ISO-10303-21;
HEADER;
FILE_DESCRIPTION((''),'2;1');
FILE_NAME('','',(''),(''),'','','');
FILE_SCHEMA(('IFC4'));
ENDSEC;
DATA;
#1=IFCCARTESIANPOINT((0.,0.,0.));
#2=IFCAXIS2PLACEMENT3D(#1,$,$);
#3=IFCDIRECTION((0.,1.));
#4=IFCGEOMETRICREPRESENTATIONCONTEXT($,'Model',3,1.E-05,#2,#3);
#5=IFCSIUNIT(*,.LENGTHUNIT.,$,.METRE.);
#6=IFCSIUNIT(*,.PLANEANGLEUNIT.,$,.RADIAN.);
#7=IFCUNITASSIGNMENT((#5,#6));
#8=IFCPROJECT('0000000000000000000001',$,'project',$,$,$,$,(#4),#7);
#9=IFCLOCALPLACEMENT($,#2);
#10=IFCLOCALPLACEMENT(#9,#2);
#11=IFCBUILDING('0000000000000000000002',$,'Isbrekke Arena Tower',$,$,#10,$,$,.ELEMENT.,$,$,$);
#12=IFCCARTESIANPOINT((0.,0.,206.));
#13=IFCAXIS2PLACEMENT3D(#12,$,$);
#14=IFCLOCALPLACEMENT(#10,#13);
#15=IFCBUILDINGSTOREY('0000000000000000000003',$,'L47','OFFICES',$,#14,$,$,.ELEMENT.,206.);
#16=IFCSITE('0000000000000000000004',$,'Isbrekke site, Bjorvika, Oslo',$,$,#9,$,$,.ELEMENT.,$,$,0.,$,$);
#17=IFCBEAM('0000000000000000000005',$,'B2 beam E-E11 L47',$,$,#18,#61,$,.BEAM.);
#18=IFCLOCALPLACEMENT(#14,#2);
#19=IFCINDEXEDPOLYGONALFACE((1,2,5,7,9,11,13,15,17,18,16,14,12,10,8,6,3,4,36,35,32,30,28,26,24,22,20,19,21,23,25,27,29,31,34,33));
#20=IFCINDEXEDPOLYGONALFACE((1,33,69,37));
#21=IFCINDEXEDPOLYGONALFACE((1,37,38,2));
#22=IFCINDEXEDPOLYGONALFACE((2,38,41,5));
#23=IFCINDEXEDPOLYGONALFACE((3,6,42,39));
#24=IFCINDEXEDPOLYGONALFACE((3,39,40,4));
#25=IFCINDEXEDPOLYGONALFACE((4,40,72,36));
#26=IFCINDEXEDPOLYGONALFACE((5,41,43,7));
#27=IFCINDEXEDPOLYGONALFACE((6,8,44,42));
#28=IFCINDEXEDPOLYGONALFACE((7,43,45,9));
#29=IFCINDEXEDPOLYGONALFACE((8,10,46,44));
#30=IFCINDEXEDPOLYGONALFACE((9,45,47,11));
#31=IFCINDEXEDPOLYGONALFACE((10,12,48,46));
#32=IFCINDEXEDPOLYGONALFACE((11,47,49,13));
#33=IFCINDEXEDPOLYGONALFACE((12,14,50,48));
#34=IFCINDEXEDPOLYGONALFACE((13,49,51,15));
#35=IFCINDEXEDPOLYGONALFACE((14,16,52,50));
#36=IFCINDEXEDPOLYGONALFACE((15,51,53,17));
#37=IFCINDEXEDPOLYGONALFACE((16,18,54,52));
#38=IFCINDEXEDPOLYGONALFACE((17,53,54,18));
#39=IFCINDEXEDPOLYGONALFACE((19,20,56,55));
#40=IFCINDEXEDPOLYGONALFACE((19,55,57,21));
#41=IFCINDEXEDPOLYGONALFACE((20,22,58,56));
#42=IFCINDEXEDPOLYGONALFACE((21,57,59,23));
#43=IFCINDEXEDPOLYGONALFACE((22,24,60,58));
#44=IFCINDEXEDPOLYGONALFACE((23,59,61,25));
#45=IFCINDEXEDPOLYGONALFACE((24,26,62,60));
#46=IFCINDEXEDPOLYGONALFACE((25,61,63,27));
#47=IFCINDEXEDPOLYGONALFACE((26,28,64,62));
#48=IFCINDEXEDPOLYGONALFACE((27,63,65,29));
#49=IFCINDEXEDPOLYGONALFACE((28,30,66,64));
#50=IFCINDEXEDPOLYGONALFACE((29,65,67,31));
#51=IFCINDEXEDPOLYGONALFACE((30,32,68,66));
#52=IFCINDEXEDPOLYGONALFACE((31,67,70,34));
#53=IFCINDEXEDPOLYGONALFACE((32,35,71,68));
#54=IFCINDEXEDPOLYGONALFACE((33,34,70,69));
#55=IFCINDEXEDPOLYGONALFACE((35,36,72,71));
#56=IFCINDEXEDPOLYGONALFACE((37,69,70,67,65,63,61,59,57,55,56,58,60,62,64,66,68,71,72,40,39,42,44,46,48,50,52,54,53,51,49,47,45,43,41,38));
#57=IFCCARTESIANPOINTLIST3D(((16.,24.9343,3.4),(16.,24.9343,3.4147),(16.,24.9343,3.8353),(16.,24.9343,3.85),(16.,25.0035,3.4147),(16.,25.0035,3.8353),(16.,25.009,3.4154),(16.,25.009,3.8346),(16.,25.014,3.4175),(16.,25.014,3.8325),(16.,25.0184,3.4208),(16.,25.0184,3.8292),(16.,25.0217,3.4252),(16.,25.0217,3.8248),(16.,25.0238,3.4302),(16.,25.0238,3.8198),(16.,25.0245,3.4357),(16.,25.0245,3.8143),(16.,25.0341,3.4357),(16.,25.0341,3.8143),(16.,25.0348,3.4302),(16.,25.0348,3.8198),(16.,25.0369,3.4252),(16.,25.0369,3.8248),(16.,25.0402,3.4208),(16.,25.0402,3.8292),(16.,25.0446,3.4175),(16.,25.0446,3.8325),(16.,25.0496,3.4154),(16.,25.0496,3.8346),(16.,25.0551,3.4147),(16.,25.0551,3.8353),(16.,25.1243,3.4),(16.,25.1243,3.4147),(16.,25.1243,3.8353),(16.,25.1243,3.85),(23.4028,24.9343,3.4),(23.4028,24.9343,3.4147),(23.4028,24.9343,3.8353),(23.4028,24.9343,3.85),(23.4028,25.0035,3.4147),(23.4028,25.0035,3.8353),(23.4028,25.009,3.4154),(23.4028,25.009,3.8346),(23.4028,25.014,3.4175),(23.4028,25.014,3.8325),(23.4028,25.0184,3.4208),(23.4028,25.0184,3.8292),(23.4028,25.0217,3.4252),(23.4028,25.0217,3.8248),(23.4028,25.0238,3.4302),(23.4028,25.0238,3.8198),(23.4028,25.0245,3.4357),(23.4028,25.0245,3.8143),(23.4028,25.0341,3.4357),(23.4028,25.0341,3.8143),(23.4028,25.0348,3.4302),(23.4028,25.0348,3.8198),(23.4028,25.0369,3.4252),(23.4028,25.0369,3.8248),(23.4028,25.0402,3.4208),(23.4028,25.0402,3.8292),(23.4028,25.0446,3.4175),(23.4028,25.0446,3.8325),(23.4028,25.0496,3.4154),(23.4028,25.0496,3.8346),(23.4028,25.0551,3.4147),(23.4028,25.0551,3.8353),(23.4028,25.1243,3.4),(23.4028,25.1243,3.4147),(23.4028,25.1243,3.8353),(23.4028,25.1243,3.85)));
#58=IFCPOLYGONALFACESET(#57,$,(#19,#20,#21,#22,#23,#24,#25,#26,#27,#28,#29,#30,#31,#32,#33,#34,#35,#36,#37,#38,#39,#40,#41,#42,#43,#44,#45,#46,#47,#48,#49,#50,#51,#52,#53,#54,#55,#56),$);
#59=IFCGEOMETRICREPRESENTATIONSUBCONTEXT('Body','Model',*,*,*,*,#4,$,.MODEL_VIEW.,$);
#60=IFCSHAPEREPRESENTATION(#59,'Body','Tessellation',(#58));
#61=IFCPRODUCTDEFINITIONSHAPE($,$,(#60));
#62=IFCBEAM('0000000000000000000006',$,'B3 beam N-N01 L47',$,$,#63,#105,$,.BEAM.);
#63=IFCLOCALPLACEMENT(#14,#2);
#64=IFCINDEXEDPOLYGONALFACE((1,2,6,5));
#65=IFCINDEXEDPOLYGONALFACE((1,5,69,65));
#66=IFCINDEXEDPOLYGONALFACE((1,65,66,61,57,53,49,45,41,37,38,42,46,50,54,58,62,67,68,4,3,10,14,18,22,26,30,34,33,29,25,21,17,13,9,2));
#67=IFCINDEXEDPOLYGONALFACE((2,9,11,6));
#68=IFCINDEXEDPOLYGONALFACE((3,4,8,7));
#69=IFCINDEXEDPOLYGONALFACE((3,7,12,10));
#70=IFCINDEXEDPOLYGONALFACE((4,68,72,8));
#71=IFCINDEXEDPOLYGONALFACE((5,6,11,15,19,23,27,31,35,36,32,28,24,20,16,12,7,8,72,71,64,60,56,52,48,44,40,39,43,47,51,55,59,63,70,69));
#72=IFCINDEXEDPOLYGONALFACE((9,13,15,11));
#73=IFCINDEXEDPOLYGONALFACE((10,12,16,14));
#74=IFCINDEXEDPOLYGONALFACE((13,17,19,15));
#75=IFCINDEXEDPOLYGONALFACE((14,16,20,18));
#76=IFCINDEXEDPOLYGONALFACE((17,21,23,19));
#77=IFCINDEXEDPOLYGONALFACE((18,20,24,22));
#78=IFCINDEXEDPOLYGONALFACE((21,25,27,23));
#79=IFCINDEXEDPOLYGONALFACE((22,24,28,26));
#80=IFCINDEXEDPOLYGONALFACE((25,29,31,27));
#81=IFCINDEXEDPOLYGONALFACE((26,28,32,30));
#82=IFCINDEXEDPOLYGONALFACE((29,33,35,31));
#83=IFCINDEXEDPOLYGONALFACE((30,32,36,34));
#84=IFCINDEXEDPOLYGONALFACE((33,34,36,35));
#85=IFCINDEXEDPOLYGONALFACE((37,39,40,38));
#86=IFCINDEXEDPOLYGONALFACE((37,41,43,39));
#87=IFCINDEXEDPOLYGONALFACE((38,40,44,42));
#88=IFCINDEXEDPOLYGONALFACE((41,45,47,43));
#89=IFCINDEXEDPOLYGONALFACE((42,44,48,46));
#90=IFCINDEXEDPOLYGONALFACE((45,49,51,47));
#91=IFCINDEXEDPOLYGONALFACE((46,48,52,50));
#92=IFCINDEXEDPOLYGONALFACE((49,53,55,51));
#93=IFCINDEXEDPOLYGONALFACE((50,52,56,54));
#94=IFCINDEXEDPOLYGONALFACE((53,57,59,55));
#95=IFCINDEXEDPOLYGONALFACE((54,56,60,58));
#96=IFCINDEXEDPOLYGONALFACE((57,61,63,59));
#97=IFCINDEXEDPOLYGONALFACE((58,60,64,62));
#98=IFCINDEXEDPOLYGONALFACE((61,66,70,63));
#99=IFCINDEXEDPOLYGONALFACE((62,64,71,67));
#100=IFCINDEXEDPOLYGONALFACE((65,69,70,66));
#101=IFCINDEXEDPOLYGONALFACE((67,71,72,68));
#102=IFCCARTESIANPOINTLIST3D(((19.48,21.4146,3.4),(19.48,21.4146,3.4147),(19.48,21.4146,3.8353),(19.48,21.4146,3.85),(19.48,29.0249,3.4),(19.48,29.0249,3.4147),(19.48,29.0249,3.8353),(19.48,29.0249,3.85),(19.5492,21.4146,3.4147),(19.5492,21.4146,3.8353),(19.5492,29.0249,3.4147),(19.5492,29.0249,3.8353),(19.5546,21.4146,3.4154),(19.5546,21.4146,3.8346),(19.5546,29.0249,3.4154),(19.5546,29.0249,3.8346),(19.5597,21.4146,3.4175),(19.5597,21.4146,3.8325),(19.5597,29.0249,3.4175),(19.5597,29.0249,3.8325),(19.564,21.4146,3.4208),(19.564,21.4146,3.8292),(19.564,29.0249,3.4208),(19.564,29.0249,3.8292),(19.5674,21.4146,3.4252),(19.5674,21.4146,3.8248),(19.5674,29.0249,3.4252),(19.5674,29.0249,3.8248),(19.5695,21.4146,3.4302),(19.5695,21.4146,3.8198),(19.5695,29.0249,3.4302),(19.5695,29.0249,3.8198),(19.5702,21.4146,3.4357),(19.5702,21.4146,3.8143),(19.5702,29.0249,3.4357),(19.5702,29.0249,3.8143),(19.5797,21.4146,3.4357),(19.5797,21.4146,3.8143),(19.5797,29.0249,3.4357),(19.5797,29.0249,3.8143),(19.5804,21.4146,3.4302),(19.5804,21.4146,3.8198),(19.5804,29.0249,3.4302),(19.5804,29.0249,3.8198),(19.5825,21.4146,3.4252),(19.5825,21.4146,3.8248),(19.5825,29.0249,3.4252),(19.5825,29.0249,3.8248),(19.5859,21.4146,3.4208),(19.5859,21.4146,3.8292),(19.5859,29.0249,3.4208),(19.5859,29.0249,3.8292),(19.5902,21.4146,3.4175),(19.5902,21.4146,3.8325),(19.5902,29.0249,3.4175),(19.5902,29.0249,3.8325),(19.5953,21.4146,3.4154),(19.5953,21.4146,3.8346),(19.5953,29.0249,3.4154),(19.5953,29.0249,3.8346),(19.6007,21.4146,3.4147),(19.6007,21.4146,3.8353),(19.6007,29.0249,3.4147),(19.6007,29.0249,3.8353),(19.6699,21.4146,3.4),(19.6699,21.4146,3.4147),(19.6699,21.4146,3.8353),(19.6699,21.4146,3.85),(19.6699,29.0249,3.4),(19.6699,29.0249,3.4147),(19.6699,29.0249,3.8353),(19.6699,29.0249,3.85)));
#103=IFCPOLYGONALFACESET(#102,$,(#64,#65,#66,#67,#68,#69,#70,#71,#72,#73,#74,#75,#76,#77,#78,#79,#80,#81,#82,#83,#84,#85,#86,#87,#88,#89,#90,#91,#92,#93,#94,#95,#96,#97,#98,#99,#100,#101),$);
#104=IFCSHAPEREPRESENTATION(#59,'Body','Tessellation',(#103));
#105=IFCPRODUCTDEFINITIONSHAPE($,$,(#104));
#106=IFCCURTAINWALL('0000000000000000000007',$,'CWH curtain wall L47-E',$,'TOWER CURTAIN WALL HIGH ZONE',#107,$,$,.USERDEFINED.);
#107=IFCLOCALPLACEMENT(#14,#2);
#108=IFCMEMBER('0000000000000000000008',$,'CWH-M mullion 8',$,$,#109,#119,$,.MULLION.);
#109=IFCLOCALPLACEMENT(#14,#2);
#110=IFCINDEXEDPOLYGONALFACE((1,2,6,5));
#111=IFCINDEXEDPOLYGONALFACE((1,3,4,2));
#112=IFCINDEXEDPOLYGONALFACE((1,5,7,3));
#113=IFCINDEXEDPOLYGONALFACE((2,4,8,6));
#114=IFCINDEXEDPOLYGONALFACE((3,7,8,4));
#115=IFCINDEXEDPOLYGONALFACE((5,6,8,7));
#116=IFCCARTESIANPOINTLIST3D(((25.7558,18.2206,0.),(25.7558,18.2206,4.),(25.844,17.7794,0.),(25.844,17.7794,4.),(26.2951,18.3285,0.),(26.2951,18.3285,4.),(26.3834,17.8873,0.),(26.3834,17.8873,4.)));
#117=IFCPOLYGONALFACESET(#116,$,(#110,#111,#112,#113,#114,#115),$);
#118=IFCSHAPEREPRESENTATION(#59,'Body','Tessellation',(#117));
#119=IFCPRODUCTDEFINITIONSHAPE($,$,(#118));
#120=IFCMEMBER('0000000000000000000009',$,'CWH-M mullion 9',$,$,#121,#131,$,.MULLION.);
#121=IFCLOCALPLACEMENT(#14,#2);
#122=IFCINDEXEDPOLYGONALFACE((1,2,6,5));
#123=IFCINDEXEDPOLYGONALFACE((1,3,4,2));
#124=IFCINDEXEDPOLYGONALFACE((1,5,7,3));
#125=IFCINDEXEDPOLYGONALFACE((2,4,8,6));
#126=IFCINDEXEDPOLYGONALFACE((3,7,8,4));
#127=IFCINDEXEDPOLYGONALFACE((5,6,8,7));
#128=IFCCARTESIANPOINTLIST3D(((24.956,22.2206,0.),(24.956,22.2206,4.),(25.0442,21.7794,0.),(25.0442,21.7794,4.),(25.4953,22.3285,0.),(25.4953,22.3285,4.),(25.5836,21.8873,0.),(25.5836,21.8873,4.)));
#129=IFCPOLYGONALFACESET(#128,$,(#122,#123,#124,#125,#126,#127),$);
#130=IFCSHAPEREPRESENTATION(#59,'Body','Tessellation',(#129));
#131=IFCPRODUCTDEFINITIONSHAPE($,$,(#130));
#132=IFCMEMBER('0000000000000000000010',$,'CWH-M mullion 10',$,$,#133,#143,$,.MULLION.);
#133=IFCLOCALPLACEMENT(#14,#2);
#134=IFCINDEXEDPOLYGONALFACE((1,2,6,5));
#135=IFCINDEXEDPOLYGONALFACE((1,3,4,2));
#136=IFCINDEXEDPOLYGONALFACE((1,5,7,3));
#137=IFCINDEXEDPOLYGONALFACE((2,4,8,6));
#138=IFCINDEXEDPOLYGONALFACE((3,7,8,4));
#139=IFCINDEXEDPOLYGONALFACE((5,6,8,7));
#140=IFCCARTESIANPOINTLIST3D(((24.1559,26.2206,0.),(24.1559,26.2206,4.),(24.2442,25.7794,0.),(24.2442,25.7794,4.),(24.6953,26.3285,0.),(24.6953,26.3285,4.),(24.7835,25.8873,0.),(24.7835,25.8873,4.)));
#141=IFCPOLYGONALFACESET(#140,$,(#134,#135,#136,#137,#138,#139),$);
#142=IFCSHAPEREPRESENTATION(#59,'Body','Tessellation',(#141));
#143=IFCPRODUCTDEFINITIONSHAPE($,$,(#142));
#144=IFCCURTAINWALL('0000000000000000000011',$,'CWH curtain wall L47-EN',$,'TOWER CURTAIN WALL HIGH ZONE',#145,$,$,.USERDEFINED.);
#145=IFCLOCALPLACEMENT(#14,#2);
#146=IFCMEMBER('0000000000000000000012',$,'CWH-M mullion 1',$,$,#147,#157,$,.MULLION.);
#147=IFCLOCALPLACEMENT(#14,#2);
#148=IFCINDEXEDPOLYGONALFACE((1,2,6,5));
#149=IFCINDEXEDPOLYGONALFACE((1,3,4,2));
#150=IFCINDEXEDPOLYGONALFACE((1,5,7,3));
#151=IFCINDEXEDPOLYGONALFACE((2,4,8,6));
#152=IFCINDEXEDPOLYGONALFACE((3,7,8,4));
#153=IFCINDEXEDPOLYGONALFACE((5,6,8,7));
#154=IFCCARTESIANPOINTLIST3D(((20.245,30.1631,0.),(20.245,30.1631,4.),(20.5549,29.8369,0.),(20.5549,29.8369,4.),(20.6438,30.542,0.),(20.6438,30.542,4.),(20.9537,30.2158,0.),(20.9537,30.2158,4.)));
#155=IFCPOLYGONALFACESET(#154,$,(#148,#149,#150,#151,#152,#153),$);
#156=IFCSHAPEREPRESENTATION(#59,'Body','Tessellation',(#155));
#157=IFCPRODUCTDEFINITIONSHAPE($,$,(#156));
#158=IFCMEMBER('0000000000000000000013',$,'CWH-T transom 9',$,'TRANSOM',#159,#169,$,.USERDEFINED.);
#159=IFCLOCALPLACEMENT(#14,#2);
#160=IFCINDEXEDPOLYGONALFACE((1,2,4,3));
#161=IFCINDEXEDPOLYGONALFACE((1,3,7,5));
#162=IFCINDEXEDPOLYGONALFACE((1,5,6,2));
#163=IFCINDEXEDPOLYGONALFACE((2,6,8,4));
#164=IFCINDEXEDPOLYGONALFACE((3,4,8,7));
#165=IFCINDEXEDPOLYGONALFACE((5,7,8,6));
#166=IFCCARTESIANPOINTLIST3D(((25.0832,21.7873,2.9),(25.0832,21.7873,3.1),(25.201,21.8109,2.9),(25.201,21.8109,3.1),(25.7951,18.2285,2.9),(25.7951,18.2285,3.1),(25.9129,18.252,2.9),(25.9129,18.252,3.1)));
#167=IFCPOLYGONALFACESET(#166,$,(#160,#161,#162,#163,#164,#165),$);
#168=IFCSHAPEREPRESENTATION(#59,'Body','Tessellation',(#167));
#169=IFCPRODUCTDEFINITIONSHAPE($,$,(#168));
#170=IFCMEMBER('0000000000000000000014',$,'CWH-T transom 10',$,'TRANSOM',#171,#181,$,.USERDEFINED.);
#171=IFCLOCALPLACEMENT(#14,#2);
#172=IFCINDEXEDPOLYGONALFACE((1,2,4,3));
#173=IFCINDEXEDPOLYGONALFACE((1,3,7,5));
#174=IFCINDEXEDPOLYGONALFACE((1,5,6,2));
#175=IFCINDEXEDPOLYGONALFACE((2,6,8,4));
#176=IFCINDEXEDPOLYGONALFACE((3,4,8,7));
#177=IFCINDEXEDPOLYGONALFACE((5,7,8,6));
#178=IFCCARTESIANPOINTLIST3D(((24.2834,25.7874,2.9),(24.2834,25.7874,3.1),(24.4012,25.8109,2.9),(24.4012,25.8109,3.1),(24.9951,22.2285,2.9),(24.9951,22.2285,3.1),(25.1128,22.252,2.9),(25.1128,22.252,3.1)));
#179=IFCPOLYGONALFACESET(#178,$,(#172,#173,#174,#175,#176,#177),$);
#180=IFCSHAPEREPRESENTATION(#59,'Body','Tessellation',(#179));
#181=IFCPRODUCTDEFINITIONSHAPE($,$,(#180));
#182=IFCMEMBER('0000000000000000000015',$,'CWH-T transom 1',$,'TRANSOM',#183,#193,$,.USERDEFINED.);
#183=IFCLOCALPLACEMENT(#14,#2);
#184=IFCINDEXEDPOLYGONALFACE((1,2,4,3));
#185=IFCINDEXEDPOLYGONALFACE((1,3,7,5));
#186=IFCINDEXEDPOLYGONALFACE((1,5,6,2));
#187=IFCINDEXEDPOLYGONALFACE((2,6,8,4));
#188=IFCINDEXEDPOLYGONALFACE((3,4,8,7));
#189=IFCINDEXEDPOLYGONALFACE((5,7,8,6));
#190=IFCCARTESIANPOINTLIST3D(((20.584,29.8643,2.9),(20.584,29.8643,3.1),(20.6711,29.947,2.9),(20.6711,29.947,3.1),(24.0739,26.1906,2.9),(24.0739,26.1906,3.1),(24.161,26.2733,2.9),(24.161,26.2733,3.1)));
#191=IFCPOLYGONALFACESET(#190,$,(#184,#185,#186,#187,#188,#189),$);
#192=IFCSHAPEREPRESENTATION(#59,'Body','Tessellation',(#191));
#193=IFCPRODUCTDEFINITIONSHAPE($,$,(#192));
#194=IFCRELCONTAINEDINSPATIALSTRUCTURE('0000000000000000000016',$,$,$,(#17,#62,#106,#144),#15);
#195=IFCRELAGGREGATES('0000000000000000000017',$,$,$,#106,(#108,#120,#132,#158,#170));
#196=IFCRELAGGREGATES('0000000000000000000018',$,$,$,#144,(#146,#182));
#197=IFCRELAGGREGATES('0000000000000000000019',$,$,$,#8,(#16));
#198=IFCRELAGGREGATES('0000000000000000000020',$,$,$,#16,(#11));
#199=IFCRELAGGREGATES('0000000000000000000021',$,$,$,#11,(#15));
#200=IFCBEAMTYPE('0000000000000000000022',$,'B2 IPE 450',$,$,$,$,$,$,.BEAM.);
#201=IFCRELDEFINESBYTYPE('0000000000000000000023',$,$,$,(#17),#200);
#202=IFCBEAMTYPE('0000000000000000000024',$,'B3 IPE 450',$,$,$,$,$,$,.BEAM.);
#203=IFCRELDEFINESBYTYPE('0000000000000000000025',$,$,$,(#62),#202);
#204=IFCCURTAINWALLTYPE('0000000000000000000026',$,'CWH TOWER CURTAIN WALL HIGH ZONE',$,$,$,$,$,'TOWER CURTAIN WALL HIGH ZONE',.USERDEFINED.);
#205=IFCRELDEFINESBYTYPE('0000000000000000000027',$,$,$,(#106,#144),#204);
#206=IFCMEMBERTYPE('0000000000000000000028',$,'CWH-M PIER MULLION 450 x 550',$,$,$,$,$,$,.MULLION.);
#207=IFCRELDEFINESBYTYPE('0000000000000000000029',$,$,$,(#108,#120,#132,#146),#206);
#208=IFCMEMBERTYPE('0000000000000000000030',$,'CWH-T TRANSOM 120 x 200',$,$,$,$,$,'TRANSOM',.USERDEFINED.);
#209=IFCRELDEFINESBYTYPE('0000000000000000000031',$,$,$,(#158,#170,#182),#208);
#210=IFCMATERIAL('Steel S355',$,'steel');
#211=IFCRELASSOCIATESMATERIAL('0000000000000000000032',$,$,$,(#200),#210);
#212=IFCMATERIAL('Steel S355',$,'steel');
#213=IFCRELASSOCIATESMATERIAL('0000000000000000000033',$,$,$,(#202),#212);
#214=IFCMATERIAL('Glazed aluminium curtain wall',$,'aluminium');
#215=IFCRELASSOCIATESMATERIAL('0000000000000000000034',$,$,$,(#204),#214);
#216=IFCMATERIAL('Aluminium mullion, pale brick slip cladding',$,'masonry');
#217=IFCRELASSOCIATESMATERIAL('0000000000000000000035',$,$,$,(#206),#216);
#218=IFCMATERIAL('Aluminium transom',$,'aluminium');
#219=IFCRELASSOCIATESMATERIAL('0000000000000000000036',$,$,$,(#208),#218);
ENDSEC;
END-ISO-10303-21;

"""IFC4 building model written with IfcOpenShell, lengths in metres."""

from ifc_helpers import new_model, si_unit, direction, frame, origin, origin_2d, place, context, subcontext, project, spatial, rectangle, i_section, extrude, material, material_profile, profile_set, type_object, element, aggregate, save


model = new_model("IFC4")

# Units and contexts
model_context = context("Model", 3, precision=1e-05, world=origin(), true_north=direction((0.0, 1.0)))
body_context = subcontext(model_context, "Body", "Model", "MODEL_VIEW")
ifc_project = project(units=[si_unit("LENGTHUNIT", "METRE"), si_unit("PLANEANGLEUNIT", "RADIAN")], contexts=[model_context])

# Site, building, storey
site_placement = place(None, origin())
site = spatial("IfcSite", under=ifc_project, at=site_placement, Name="Isbrekke site, Bjorvika, Oslo", CompositionType="ELEMENT", RefElevation=0.0)
building_placement = place(site_placement, origin())
building = spatial("IfcBuilding", under=site, at=building_placement, Name="Isbrekke Arena Tower", CompositionType="ELEMENT")
storey_placement = place(building_placement, frame((0.0, 0.0, 206.0)))
storey = spatial("IfcBuildingStorey", under=building, at=storey_placement, Name="L47", Description="OFFICES", CompositionType="ELEMENT", Elevation=206.0)

# Beams
ifc_material_1 = material(Name="Steel S355", Category="steel")
ifc_material_profile_1 = material_profile(ifc_material_1, i_section(OverallWidth=0.1899, OverallDepth=0.45, WebThickness=0.0095, FlangeThickness=0.0146, FilletRadius=0.021, at=origin_2d()), Name="IPE 450")
ifc_profile_set_1 = profile_set([ifc_material_profile_1], Name="Steel S355")
beam_type_1 = type_object("IfcBeamType", Name="B2 IPE 450", PredefinedType="BEAM", material=ifc_profile_set_1)
beam_1_placement = place(storey_placement, frame((23.4028, 25.0293, 3.625), z_axis=(-1.0, 0.0, 0.0), x_axis=(0.0, -1.0, 0.0)))
element("IfcBeam", 1, at=beam_1_placement, inside=storey, type_object=beam_type_1, Name="B2 beam E-E11 L47", PredefinedType="BEAM", context=body_context, shape_type="SweptSolid", body=[
    extrude(i_section(OverallWidth=0.1899, OverallDepth=0.45, WebThickness=0.0095, FlangeThickness=0.0146, FilletRadius=0.021, at=origin_2d()), origin(), (0.0, 0.0, 1.0), 7.4028),
])
ifc_material_2 = material(Name="Steel S355", Category="steel")
ifc_material_profile_2 = material_profile(ifc_material_2, i_section(OverallWidth=0.1899, OverallDepth=0.45, WebThickness=0.0095, FlangeThickness=0.0146, FilletRadius=0.021, at=origin_2d()), Name="IPE 450")
ifc_profile_set_2 = profile_set([ifc_material_profile_2], Name="Steel S355")
beam_type_2 = type_object("IfcBeamType", Name="B3 IPE 450", PredefinedType="BEAM", material=ifc_profile_set_2)
beam_2_placement = place(storey_placement, frame((19.575, 29.0249, 3.625), z_axis=(0.0, -1.0, 0.0), x_axis=(1.0, 0.0, 0.0)))
element("IfcBeam", 2, at=beam_2_placement, inside=storey, type_object=beam_type_2, Name="B3 beam N-N01 L47", PredefinedType="BEAM", context=body_context, shape_type="SweptSolid", body=[
    extrude(i_section(OverallWidth=0.1899, OverallDepth=0.45, WebThickness=0.0095, FlangeThickness=0.0146, FilletRadius=0.021, at=origin_2d()), origin(), (0.0, 0.0, 1.0), 7.6104),
])

# Curtain wall, members
ifc_material_3 = material(Name="Glazed aluminium curtain wall", Category="aluminium")
curtain_wall_type = type_object("IfcCurtainWallType", Name="CWH TOWER CURTAIN WALL HIGH ZONE", ElementType="TOWER CURTAIN WALL HIGH ZONE", PredefinedType="USERDEFINED", material=ifc_material_3)
curtain_wall_1_placement = place(storey_placement, origin())
curtain_wall_1 = element("IfcCurtainWall", 3, at=curtain_wall_1_placement, inside=storey, type_object=curtain_wall_type, Name="CWH curtain wall L47-E", ObjectType="TOWER CURTAIN WALL HIGH ZONE", PredefinedType="USERDEFINED")
ifc_material_4 = material(Name="Aluminium mullion, pale brick slip cladding", Category="masonry")
ifc_material_profile_3 = material_profile(ifc_material_4, rectangle(XDim=0.45, YDim=0.55, at=origin_2d()), Name="PIER 450X550")
ifc_profile_set_3 = profile_set([ifc_material_profile_3], Name="Aluminium mullion, pale brick slip cladding")
member_type_1 = type_object("IfcMemberType", Name="CWH-M PIER MULLION 450 x 550", PredefinedType="MULLION", material=ifc_profile_set_3)
member_1_placement = place(storey_placement, frame((26.0696, 18.054, 0.0), z_axis=(0.0, 0.0, 1.0), x_axis=(-0.196116, 0.980581, 0.0)))
member_1 = element("IfcMember", 4, at=member_1_placement, type_object=member_type_1, Name="CWH-M mullion 8", PredefinedType="MULLION", context=body_context, shape_type="SweptSolid", body=[
    extrude(rectangle(XDim=0.45, YDim=0.55, at=origin_2d()), origin(), (0.0, 0.0, 1.0), 4.0),
])
member_2_placement = place(storey_placement, frame((25.2698, 22.054, 0.0), z_axis=(0.0, 0.0, 1.0), x_axis=(-0.196116, 0.980581, 0.0)))
member_2 = element("IfcMember", 5, at=member_2_placement, type_object=member_type_1, Name="CWH-M mullion 9", PredefinedType="MULLION", context=body_context, shape_type="SweptSolid", body=[
    extrude(rectangle(XDim=0.45, YDim=0.55, at=origin_2d()), origin(), (0.0, 0.0, 1.0), 4.0),
])
member_3_placement = place(storey_placement, frame((24.4697, 26.054, 0.0), z_axis=(0.0, 0.0, 1.0), x_axis=(-0.196116, 0.980581, 0.0)))
member_3 = element("IfcMember", 6, at=member_3_placement, type_object=member_type_1, Name="CWH-M mullion 10", PredefinedType="MULLION", context=body_context, shape_type="SweptSolid", body=[
    extrude(rectangle(XDim=0.45, YDim=0.55, at=origin_2d()), origin(), (0.0, 0.0, 1.0), 4.0),
])

# Curtain wall, member
curtain_wall_2_placement = place(storey_placement, origin())
curtain_wall_2 = element("IfcCurtainWall", 7, at=curtain_wall_2_placement, inside=storey, type_object=curtain_wall_type, Name="CWH curtain wall L47-EN", ObjectType="TOWER CURTAIN WALL HIGH ZONE", PredefinedType="USERDEFINED")
member_4_placement = place(storey_placement, frame((20.5994, 30.1895, 0.0), z_axis=(0.0, 0.0, 1.0), x_axis=(-0.688749, 0.724999, 0.0)))
member_4 = element("IfcMember", 8, at=member_4_placement, type_object=member_type_1, Name="CWH-M mullion 1", PredefinedType="MULLION", context=body_context, shape_type="SweptSolid", body=[
    extrude(rectangle(XDim=0.45, YDim=0.55, at=origin_2d()), origin(), (0.0, 0.0, 1.0), 4.0),
])

# Members
ifc_material_5 = material(Name="Aluminium transom", Category="aluminium")
ifc_material_profile_4 = material_profile(ifc_material_5, rectangle(XDim=0.1201, YDim=0.2, at=origin_2d()), Name="TRANSOM 120X200")
ifc_profile_set_4 = profile_set([ifc_material_profile_4], Name="Aluminium transom")
member_type_2 = type_object("IfcMemberType", Name="CWH-T TRANSOM 120 x 200", ElementType="TRANSOM", PredefinedType="USERDEFINED", material=ifc_profile_set_4)
member_5_placement = place(storey_placement, frame((25.854, 18.2402, 3.0), z_axis=(-0.196155, 0.980573, 0.0), x_axis=(-0.980573, -0.196155, 0.0)))
member_5 = element("IfcMember", 9, at=member_5_placement, type_object=member_type_2, Name="CWH-T transom 9", ObjectType="TRANSOM", PredefinedType="USERDEFINED", context=body_context, shape_type="SweptSolid", body=[
    extrude(rectangle(XDim=0.1201, YDim=0.2, at=origin_2d()), origin(), (0.0, 0.0, 1.0), 3.6294),
])
member_6_placement = place(storey_placement, frame((25.054, 22.2402, 3.0), z_axis=(-0.19609, 0.980586, 0.0), x_axis=(-0.980586, -0.19609, 0.0)))
member_6 = element("IfcMember", 10, at=member_6_placement, type_object=member_type_2, Name="CWH-T transom 10", ObjectType="TRANSOM", PredefinedType="USERDEFINED", context=body_context, shape_type="SweptSolid", body=[
    extrude(rectangle(XDim=0.1201, YDim=0.2, at=origin_2d()), origin(), (0.0, 0.0, 1.0), 3.6294),
])
member_7_placement = place(storey_placement, frame((24.1174, 26.2319, 3.0), z_axis=(-0.688734, 0.725014, 0.0), x_axis=(-0.725014, -0.688734, 0.0)))
member_7 = element("IfcMember", 11, at=member_7_placement, type_object=member_type_2, Name="CWH-T transom 1", ObjectType="TRANSOM", PredefinedType="USERDEFINED", context=body_context, shape_type="SweptSolid", body=[
    extrude(rectangle(XDim=0.1201, YDim=0.2, at=origin_2d()), origin(), (0.0, 0.0, 1.0), 5.0671),
])

aggregate(curtain_wall_1, [member_1, member_2, member_3, member_5, member_6])
aggregate(curtain_wall_2, [member_4, member_7])

save(model, "model.ifc")
